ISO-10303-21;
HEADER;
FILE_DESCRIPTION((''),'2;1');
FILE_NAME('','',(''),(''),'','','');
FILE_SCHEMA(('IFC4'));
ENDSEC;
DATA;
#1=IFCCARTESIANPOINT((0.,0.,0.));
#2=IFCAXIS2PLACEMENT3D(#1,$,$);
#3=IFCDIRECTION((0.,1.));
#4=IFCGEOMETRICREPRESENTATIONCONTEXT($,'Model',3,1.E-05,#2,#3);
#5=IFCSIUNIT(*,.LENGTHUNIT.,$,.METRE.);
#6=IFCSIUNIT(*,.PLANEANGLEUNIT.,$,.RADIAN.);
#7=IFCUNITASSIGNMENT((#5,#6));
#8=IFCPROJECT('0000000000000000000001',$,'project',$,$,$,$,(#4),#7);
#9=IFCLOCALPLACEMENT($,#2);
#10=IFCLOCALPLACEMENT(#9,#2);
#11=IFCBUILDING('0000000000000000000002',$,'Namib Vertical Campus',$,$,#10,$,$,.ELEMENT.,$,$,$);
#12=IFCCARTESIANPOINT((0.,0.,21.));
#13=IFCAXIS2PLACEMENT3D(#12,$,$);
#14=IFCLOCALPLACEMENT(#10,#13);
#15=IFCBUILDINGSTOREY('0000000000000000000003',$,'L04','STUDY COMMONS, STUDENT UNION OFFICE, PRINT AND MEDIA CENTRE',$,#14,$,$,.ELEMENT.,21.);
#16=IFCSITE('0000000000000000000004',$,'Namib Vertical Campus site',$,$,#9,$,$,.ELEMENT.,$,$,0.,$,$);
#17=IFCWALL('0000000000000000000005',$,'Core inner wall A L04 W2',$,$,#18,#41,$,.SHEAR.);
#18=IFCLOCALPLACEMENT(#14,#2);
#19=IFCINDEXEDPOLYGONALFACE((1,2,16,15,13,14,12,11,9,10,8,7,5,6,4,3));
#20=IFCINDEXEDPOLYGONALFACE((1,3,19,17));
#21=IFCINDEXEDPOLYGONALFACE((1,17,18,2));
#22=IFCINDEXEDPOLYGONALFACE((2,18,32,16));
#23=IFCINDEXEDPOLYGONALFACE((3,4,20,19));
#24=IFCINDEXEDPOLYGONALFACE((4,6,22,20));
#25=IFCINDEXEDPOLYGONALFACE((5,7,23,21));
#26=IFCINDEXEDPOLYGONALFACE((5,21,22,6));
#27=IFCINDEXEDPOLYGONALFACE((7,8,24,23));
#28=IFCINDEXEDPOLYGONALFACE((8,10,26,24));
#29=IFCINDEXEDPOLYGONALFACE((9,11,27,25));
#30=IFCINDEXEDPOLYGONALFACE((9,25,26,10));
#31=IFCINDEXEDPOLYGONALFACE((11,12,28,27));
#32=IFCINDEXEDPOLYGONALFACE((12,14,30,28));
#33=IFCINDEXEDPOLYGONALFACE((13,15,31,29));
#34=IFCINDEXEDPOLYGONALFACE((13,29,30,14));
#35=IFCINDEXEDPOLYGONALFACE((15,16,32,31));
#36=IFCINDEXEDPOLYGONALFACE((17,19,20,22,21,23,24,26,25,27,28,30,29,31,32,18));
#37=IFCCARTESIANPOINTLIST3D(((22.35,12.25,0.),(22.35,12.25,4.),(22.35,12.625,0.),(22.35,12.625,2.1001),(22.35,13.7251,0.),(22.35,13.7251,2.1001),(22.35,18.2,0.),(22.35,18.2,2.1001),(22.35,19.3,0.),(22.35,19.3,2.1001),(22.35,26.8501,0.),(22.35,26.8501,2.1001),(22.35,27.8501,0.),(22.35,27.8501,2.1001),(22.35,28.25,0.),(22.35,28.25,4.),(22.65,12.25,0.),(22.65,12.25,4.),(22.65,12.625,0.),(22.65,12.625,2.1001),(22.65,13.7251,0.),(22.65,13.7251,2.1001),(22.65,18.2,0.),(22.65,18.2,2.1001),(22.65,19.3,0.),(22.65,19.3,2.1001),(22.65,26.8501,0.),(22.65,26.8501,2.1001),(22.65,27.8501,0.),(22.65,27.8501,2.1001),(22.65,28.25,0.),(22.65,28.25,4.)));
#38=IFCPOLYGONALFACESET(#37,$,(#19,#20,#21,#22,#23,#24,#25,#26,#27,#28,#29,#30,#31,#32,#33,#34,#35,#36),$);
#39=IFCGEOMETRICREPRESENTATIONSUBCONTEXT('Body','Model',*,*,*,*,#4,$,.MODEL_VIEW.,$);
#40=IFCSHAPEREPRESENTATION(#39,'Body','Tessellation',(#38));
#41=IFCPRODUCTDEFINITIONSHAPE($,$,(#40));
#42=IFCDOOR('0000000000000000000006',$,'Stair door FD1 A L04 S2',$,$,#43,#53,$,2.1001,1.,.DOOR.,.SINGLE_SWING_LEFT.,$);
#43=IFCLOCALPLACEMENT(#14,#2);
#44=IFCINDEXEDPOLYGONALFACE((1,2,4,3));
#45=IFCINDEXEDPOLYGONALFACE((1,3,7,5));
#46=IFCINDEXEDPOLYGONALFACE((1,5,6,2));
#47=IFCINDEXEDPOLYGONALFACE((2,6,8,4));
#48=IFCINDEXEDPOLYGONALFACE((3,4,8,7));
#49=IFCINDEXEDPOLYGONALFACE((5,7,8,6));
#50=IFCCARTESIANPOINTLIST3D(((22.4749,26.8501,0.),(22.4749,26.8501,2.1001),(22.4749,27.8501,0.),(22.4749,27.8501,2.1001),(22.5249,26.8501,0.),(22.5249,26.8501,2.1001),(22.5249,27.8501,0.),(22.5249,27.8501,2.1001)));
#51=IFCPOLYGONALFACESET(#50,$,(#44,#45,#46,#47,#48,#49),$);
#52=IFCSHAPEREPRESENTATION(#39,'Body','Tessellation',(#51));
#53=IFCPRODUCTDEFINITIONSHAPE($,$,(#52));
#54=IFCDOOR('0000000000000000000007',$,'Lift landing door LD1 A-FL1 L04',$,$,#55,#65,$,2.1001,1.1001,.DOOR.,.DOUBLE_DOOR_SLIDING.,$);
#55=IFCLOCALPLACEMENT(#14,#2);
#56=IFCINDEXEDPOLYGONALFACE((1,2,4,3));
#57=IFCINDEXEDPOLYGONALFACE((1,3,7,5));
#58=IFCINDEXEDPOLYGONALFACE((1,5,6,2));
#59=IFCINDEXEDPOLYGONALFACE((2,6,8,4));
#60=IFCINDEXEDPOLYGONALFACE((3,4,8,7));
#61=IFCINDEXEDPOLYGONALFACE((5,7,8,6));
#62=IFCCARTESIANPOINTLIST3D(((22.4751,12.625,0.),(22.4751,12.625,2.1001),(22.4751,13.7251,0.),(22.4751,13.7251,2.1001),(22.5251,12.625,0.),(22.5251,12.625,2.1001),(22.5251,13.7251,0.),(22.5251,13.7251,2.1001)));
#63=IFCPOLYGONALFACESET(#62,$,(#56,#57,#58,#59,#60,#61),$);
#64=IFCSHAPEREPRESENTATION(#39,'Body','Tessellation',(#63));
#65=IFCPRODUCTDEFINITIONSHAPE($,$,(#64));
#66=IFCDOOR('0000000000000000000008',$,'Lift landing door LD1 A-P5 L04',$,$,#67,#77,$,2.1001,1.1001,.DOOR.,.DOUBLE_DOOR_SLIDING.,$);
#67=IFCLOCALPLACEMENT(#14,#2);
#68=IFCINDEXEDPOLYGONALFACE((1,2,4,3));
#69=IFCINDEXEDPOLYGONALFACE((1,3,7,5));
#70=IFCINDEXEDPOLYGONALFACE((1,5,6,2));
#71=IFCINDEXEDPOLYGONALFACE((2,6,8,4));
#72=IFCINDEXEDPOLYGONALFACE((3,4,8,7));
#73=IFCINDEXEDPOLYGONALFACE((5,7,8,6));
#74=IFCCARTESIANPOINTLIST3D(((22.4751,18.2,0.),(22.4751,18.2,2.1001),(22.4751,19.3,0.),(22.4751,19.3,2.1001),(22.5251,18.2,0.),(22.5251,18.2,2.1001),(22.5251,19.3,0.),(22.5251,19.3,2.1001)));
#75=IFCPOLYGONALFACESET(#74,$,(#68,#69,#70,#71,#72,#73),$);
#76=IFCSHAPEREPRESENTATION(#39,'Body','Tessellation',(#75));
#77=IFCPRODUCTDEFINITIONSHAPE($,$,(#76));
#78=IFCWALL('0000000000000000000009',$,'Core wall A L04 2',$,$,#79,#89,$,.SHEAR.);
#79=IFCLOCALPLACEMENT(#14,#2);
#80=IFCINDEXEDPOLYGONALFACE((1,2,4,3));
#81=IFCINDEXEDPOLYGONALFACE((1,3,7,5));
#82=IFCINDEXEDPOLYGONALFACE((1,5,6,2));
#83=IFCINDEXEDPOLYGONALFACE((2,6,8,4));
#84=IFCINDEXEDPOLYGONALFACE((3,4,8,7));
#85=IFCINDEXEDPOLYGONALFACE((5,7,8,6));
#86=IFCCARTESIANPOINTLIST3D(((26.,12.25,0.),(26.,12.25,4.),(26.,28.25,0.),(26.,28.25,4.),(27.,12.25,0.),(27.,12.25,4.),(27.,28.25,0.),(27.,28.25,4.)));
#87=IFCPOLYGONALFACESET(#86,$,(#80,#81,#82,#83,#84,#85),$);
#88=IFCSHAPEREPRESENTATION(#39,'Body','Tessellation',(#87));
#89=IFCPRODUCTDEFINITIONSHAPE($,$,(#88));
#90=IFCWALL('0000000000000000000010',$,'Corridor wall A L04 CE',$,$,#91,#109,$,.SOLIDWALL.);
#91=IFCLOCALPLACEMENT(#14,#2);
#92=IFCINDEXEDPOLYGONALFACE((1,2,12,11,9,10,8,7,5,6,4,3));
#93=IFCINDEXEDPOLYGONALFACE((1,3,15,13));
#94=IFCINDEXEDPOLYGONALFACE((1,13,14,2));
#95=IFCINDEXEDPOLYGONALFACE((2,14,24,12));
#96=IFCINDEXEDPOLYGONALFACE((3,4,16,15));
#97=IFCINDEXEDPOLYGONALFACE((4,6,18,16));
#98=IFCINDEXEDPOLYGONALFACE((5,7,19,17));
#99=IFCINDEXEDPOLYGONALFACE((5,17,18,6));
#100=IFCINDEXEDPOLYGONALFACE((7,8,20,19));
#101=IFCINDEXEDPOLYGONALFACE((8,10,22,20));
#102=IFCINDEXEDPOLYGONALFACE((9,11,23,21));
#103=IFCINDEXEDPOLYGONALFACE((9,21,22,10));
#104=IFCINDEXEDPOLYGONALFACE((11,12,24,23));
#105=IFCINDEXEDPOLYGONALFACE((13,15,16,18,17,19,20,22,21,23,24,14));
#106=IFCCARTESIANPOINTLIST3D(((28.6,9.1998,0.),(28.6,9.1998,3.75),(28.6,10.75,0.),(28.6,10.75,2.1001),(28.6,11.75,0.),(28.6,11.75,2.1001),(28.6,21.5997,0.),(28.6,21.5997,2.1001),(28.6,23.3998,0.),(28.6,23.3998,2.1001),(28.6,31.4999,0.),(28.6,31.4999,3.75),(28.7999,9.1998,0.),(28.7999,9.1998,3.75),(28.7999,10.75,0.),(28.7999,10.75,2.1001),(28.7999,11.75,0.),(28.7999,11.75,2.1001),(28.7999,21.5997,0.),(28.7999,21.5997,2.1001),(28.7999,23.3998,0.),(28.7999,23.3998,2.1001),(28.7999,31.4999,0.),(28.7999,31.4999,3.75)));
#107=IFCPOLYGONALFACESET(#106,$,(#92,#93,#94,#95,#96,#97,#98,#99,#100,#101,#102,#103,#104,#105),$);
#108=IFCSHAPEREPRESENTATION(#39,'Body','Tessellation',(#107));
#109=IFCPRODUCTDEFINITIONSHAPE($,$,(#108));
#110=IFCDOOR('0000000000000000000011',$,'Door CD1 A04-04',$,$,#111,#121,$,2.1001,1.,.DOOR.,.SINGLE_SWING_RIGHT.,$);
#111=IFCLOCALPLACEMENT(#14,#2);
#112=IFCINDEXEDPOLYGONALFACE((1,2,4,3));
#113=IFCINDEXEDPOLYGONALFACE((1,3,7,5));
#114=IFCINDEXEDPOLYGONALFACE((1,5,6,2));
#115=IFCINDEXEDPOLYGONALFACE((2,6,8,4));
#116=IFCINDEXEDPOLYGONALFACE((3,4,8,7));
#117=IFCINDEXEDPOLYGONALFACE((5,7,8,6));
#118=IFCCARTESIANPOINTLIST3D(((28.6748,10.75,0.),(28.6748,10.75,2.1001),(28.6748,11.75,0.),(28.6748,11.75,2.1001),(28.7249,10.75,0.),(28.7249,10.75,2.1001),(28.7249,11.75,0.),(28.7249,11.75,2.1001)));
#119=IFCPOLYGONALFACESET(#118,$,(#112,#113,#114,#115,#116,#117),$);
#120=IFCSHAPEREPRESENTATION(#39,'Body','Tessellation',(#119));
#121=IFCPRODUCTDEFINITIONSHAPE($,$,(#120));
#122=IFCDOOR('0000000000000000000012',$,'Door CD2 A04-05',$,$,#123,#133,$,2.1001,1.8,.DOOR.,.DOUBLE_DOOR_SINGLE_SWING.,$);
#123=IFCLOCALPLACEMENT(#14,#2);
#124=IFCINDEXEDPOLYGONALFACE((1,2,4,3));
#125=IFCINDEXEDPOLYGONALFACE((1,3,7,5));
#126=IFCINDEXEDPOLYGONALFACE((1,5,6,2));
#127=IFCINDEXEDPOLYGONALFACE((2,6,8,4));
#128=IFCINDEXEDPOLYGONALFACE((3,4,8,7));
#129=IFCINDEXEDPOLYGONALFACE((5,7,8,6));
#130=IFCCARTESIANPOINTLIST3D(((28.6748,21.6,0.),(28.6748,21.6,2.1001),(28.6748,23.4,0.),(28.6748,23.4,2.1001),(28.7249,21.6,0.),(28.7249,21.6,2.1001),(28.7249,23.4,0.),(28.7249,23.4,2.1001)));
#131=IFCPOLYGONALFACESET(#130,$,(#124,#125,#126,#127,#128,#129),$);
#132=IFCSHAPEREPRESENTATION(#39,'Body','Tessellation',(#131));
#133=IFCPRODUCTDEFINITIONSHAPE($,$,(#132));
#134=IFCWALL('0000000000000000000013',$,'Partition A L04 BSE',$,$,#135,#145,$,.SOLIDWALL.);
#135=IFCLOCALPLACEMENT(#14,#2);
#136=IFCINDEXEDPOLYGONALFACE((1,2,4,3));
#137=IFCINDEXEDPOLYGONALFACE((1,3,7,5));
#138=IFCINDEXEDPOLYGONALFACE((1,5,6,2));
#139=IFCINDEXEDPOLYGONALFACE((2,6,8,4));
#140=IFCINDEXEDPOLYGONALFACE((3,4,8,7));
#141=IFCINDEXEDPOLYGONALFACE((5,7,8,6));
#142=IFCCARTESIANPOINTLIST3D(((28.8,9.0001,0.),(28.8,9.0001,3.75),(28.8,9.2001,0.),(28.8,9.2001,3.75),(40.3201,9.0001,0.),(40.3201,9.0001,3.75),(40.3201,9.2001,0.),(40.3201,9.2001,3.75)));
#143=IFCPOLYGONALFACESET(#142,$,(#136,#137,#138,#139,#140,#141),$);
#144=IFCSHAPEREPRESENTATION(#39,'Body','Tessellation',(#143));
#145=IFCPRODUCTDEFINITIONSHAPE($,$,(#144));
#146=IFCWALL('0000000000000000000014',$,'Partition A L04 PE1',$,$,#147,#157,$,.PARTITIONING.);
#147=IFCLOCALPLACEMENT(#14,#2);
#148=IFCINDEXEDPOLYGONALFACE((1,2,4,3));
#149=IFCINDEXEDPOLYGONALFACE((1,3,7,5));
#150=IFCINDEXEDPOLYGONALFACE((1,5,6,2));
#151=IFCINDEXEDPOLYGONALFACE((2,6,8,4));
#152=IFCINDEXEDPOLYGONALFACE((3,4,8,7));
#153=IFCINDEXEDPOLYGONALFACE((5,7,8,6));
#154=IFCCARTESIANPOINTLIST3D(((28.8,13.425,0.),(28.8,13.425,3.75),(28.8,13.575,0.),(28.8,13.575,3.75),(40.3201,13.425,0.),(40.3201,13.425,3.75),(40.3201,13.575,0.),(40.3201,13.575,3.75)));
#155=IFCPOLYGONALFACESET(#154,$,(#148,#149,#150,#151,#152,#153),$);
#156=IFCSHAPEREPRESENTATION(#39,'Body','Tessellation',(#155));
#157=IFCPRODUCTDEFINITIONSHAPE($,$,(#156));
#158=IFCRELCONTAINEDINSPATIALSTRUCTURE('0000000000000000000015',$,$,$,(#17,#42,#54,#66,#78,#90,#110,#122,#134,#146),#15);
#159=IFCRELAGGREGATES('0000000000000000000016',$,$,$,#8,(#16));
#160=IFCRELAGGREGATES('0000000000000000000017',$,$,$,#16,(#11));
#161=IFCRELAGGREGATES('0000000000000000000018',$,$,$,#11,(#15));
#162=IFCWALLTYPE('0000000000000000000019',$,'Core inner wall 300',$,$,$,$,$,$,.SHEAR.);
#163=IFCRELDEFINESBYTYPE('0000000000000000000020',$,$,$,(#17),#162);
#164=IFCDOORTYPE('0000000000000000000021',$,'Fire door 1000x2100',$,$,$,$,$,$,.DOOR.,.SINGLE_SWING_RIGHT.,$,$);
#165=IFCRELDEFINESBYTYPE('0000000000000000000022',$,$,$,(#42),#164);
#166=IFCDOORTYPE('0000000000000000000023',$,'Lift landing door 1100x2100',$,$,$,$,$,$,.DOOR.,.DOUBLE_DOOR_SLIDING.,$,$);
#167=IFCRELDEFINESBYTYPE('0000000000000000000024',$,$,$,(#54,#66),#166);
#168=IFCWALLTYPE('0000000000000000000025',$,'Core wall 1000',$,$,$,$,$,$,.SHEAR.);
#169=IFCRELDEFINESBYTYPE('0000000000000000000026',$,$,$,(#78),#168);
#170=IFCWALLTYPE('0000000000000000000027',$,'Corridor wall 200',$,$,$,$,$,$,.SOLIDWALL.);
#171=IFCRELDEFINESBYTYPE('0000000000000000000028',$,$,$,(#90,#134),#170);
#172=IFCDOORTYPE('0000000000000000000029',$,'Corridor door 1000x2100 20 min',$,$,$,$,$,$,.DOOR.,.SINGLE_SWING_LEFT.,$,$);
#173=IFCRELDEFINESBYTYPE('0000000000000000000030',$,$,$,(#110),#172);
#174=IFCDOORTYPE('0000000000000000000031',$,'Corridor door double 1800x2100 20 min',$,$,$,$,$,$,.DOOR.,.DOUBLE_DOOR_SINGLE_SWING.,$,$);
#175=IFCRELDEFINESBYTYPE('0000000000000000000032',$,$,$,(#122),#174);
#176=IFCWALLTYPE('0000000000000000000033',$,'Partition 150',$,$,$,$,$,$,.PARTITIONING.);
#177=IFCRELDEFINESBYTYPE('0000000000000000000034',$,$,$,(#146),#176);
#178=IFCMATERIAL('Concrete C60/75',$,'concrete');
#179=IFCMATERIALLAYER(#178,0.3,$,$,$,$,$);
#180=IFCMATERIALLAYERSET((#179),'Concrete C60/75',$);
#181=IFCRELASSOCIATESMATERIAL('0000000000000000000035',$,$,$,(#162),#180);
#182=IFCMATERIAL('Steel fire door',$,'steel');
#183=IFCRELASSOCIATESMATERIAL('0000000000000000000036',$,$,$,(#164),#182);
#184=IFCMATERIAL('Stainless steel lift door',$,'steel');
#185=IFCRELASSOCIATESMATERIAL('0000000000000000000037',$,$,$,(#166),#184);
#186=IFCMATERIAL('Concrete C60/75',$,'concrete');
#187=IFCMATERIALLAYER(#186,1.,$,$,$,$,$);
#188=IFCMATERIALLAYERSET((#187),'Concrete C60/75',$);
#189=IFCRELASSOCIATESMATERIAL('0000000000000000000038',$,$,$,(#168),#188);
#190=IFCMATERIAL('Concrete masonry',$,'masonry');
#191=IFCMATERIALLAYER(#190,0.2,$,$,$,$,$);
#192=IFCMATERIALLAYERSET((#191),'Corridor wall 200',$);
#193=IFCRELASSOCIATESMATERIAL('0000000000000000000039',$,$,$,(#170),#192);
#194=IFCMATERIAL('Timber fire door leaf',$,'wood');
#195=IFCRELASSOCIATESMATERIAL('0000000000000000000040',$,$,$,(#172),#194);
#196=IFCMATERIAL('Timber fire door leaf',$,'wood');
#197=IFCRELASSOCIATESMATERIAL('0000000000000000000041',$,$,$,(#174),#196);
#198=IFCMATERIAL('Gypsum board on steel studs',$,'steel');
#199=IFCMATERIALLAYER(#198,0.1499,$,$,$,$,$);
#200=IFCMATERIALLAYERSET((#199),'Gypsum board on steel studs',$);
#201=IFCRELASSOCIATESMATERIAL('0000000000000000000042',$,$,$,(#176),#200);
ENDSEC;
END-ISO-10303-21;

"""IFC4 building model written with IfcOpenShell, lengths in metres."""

from ifc_helpers import new_model, si_unit, direction, frame, frame_2d, origin, place, context, subcontext, project, spatial, rectangle, extrude, material, layer, layer_set, type_object, element, fill, save


model = new_model("IFC4")

# Units and contexts
model_context = context("Model", 3, precision=1e-05, world=origin(), true_north=direction((0.0, 1.0)))
body_context = subcontext(model_context, "Body", "Model", "MODEL_VIEW")
ifc_project = project(units=[si_unit("LENGTHUNIT", "METRE"), si_unit("PLANEANGLEUNIT", "RADIAN")], contexts=[model_context])

# Site, building, storey
site_placement = place(None, origin())
site = spatial("IfcSite", under=ifc_project, at=site_placement, Name="Namib Vertical Campus site", CompositionType="ELEMENT", RefElevation=0.0)
building_placement = place(site_placement, origin())
building = spatial("IfcBuilding", under=site, at=building_placement, Name="Namib Vertical Campus", CompositionType="ELEMENT")
storey_placement = place(building_placement, frame((0.0, 0.0, 21.0)))
storey = spatial("IfcBuildingStorey", under=building, at=storey_placement, Name="L04", Description="STUDY COMMONS, STUDENT UNION OFFICE, PRINT AND MEDIA CENTRE", CompositionType="ELEMENT", Elevation=21.0)

# Wall, openings, doors
ifc_material_1 = material(Name="Concrete C60/75", Category="concrete")
ifc_layer_1 = layer(ifc_material_1, 0.3)
ifc_layer_set_1 = layer_set([ifc_layer_1], Name="Concrete C60/75")
wall_type_1 = type_object("IfcWallType", Name="Core inner wall 300", PredefinedType="SHEAR", material=ifc_layer_set_1)
ifc_material_2 = material(Name="Steel fire door", Category="steel")
door_type_1 = type_object("IfcDoorType", Name="Fire door 1000x2100", OperationType="SINGLE_SWING_RIGHT", PredefinedType="DOOR", material=ifc_material_2)
ifc_material_3 = material(Name="Stainless steel lift door", Category="steel")
door_type_2 = type_object("IfcDoorType", Name="Lift landing door 1100x2100", OperationType="DOUBLE_DOOR_SLIDING", PredefinedType="DOOR", material=ifc_material_3)
wall_1_placement = place(storey_placement, frame((22.5, 12.25, 0.0), z_axis=(0.0, 0.0, 1.0), x_axis=(0.0, 1.0, 0.0)))
wall_1 = element("IfcWall", 1, at=wall_1_placement, inside=storey, type_object=wall_type_1, Name="Core inner wall A L04 W2", PredefinedType="SHEAR", context=body_context, shape_type="SweptSolid", body=[
    extrude(rectangle(XDim=16.0, YDim=0.3, at=frame_2d((8.0, 0.0))), origin(), (0.0, 0.0, 1.0), 4.0),
])
opening_1_placement = place(wall_1_placement, frame((14.6001, 0.0, 0.0)))
opening_1 = element("IfcOpeningElement", 2, at=opening_1_placement, cuts=wall_1, PredefinedType="OPENING", context=body_context, shape_type="SweptSolid", body=[
    extrude(rectangle(XDim=1.0, YDim=2.1001, at=frame_2d((0.5, 1.05))), frame((0.0, 0.1599, 0.0), z_axis=(0.0, -1.0, 0.0), x_axis=(1.0, 0.0, 0.0)), (0.0, 0.0, 1.0), 0.3201),
])
opening_2_placement = place(wall_1_placement, frame((0.375, 0.0, 0.0)))
opening_2 = element("IfcOpeningElement", 3, at=opening_2_placement, cuts=wall_1, PredefinedType="OPENING", context=body_context, shape_type="SweptSolid", body=[
    extrude(rectangle(XDim=1.1001, YDim=2.1001, at=frame_2d((0.55, 1.05))), frame((0.0, 0.1599, 0.0), z_axis=(0.0, -1.0, 0.0), x_axis=(1.0, 0.0, 0.0)), (0.0, 0.0, 1.0), 0.3201),
])
opening_3_placement = place(wall_1_placement, frame((5.95, 0.0, 0.0)))
opening_3 = element("IfcOpeningElement", 4, at=opening_3_placement, cuts=wall_1, PredefinedType="OPENING", context=body_context, shape_type="SweptSolid", body=[
    extrude(rectangle(XDim=1.1001, YDim=2.1001, at=frame_2d((0.55, 1.05))), frame((0.0, 0.1599, 0.0), z_axis=(0.0, -1.0, 0.0), x_axis=(1.0, 0.0, 0.0)), (0.0, 0.0, 1.0), 0.3201),
])
door_1_placement = place(opening_1_placement, frame((1.0, 0.0, 0.0), z_axis=(0.0, 0.0, 1.0), x_axis=(-1.0, 0.0, 0.0)))
door_1 = element("IfcDoor", 5, at=door_1_placement, inside=storey, type_object=door_type_1, Name="Stair door FD1 A L04 S2", OperationType="SINGLE_SWING_LEFT", OverallHeight=2.1001, OverallWidth=1.0, PredefinedType="DOOR", context=body_context, shape_type="SweptSolid", body=[
    extrude(rectangle(XDim=1.0, YDim=2.1001, at=frame_2d((0.5, 1.05))), frame((0.0, 0.0249, 0.0), z_axis=(0.0, -1.0, 0.0), x_axis=(1.0, 0.0, 0.0)), (0.0, 0.0, 1.0), 0.05),
])
fill(opening_1, door_1)
door_2_placement = place(opening_2_placement, origin())
door_2 = element("IfcDoor", 6, at=door_2_placement, inside=storey, type_object=door_type_2, Name="Lift landing door LD1 A-FL1 L04", OperationType="DOUBLE_DOOR_SLIDING", OverallHeight=2.1001, OverallWidth=1.1001, PredefinedType="DOOR", context=body_context, shape_type="SweptSolid", body=[
    extrude(rectangle(XDim=1.1001, YDim=2.1001, at=frame_2d((0.55, 1.05))), frame((0.0, 0.0249, 0.0), z_axis=(0.0, -1.0, 0.0), x_axis=(1.0, 0.0, 0.0)), (0.0, 0.0, 1.0), 0.05),
])
fill(opening_2, door_2)
door_3_placement = place(opening_3_placement, origin())
door_3 = element("IfcDoor", 7, at=door_3_placement, inside=storey, type_object=door_type_2, Name="Lift landing door LD1 A-P5 L04", OperationType="DOUBLE_DOOR_SLIDING", OverallHeight=2.1001, OverallWidth=1.1001, PredefinedType="DOOR", context=body_context, shape_type="SweptSolid", body=[
    extrude(rectangle(XDim=1.1001, YDim=2.1001, at=frame_2d((0.55, 1.05))), frame((0.0, 0.0249, 0.0), z_axis=(0.0, -1.0, 0.0), x_axis=(1.0, 0.0, 0.0)), (0.0, 0.0, 1.0), 0.05),
])
fill(opening_3, door_3)

# Wall
ifc_material_4 = material(Name="Concrete C60/75", Category="concrete")
ifc_layer_2 = layer(ifc_material_4, 1.0)
ifc_layer_set_2 = layer_set([ifc_layer_2], Name="Concrete C60/75")
wall_type_2 = type_object("IfcWallType", Name="Core wall 1000", PredefinedType="SHEAR", material=ifc_layer_set_2)
wall_2_placement = place(storey_placement, frame((26.5, 12.25, 0.0), z_axis=(0.0, 0.0, 1.0), x_axis=(0.0, 1.0, 0.0)))
element("IfcWall", 8, at=wall_2_placement, inside=storey, type_object=wall_type_2, Name="Core wall A L04 2", PredefinedType="SHEAR", context=body_context, shape_type="SweptSolid", body=[
    extrude(rectangle(XDim=16.0, YDim=1.0, at=frame_2d((8.0, 0.0))), origin(), (0.0, 0.0, 1.0), 4.0),
])

# Wall, openings, doors
ifc_material_5 = material(Name="Concrete masonry", Category="masonry")
ifc_layer_3 = layer(ifc_material_5, 0.2)
ifc_layer_set_3 = layer_set([ifc_layer_3], Name="Corridor wall 200")
wall_type_3 = type_object("IfcWallType", Name="Corridor wall 200", PredefinedType="SOLIDWALL", material=ifc_layer_set_3)
wall_3_placement = place(storey_placement, frame((28.7, 9.2, 0.0), z_axis=(0.0, 0.0, 1.0), x_axis=(0.0, 1.0, 0.0)))
wall_3 = element("IfcWall", 9, at=wall_3_placement, inside=storey, type_object=wall_type_3, Name="Corridor wall A L04 CE", PredefinedType="SOLIDWALL", context=body_context, shape_type="SweptSolid", body=[
    extrude(rectangle(XDim=22.3, YDim=0.2, at=frame_2d((11.1499, 0.0))), origin(), (0.0, 0.0, 1.0), 3.75),
])
opening_4_placement = place(wall_3_placement, frame((1.55, 0.0, 0.0)))
opening_4 = element("IfcOpeningElement", 10, at=opening_4_placement, cuts=wall_3, PredefinedType="OPENING", context=body_context, shape_type="SweptSolid", body=[
    extrude(rectangle(XDim=1.0, YDim=2.1001, at=frame_2d((0.5, 1.05))), frame((0.0, 0.1099, 0.0), z_axis=(0.0, -1.0, 0.0), x_axis=(1.0, 0.0, 0.0)), (0.0, 0.0, 1.0), 0.22),
])
opening_5_placement = place(wall_3_placement, frame((12.3999, 0.0, 0.0)))
opening_5 = element("IfcOpeningElement", 11, at=opening_5_placement, cuts=wall_3, PredefinedType="OPENING", context=body_context, shape_type="SweptSolid", body=[
    extrude(rectangle(XDim=1.8, YDim=2.1001, at=frame_2d((0.8999, 1.05))), frame((0.0, 0.1099, 0.0), z_axis=(0.0, -1.0, 0.0), x_axis=(1.0, 0.0, 0.0)), (0.0, 0.0, 1.0), 0.22),
])
ifc_material_6 = material(Name="Timber fire door leaf", Category="wood")
door_type_3 = type_object("IfcDoorType", Name="Corridor door 1000x2100 20 min", OperationType="SINGLE_SWING_LEFT", PredefinedType="DOOR", material=ifc_material_6)
door_4_placement = place(opening_4_placement, frame((1.0, 0.0, 0.0), z_axis=(0.0, 0.0, 1.0), x_axis=(-1.0, 0.0, 0.0)))
door_4 = element("IfcDoor", 12, at=door_4_placement, inside=storey, type_object=door_type_3, Name="Door CD1 A04-04", OperationType="SINGLE_SWING_RIGHT", OverallHeight=2.1001, OverallWidth=1.0, PredefinedType="DOOR", context=body_context, shape_type="SweptSolid", body=[
    extrude(rectangle(XDim=1.0, YDim=2.1001, at=frame_2d((0.5, 1.05))), frame((0.0, 0.0249, 0.0), z_axis=(0.0, -1.0, 0.0), x_axis=(1.0, 0.0, 0.0)), (0.0, 0.0, 1.0), 0.05),
])
fill(opening_4, door_4)
ifc_material_7 = material(Name="Timber fire door leaf", Category="wood")
door_type_4 = type_object("IfcDoorType", Name="Corridor door double 1800x2100 20 min", OperationType="DOUBLE_DOOR_SINGLE_SWING", PredefinedType="DOOR", material=ifc_material_7)
door_5_placement = place(opening_5_placement, frame((1.8, 0.0, 0.0), z_axis=(0.0, 0.0, 1.0), x_axis=(-1.0, 0.0, 0.0)))
door_5 = element("IfcDoor", 13, at=door_5_placement, inside=storey, type_object=door_type_4, Name="Door CD2 A04-05", OperationType="DOUBLE_DOOR_SINGLE_SWING", OverallHeight=2.1001, OverallWidth=1.8, PredefinedType="DOOR", context=body_context, shape_type="SweptSolid", body=[
    extrude(rectangle(XDim=1.8, YDim=2.1001, at=frame_2d((0.8999, 1.05))), frame((0.0, 0.0249, 0.0), z_axis=(0.0, -1.0, 0.0), x_axis=(1.0, 0.0, 0.0)), (0.0, 0.0, 1.0), 0.05),
])
fill(opening_5, door_5)

# Walls
wall_4_placement = place(storey_placement, frame((28.8, 9.1001, 0.0), z_axis=(0.0, 0.0, 1.0), x_axis=(1.0, 0.0, 0.0)))
element("IfcWall", 14, at=wall_4_placement, inside=storey, type_object=wall_type_3, Name="Partition A L04 BSE", PredefinedType="SOLIDWALL", context=body_context, shape_type="SweptSolid", body=[
    extrude(rectangle(XDim=11.52, YDim=0.2, at=frame_2d((5.76, 0.0))), origin(), (0.0, 0.0, 1.0), 3.75),
])
ifc_material_8 = material(Name="Gypsum board on steel studs", Category="steel")
ifc_layer_4 = layer(ifc_material_8, 0.1499)
ifc_layer_set_4 = layer_set([ifc_layer_4], Name="Gypsum board on steel studs")
wall_type_4 = type_object("IfcWallType", Name="Partition 150", PredefinedType="PARTITIONING", material=ifc_layer_set_4)
wall_5_placement = place(storey_placement, frame((28.8, 13.5, 0.0), z_axis=(0.0, 0.0, 1.0), x_axis=(1.0, 0.0, 0.0)))
element("IfcWall", 15, at=wall_5_placement, inside=storey, type_object=wall_type_4, Name="Partition A L04 PE1", PredefinedType="PARTITIONING", context=body_context, shape_type="SweptSolid", body=[
    extrude(rectangle(XDim=11.52, YDim=0.1499, at=frame_2d((5.76, 0.0))), origin(), (0.0, 0.0, 1.0), 3.75),
])

save(model, "model.ifc")
